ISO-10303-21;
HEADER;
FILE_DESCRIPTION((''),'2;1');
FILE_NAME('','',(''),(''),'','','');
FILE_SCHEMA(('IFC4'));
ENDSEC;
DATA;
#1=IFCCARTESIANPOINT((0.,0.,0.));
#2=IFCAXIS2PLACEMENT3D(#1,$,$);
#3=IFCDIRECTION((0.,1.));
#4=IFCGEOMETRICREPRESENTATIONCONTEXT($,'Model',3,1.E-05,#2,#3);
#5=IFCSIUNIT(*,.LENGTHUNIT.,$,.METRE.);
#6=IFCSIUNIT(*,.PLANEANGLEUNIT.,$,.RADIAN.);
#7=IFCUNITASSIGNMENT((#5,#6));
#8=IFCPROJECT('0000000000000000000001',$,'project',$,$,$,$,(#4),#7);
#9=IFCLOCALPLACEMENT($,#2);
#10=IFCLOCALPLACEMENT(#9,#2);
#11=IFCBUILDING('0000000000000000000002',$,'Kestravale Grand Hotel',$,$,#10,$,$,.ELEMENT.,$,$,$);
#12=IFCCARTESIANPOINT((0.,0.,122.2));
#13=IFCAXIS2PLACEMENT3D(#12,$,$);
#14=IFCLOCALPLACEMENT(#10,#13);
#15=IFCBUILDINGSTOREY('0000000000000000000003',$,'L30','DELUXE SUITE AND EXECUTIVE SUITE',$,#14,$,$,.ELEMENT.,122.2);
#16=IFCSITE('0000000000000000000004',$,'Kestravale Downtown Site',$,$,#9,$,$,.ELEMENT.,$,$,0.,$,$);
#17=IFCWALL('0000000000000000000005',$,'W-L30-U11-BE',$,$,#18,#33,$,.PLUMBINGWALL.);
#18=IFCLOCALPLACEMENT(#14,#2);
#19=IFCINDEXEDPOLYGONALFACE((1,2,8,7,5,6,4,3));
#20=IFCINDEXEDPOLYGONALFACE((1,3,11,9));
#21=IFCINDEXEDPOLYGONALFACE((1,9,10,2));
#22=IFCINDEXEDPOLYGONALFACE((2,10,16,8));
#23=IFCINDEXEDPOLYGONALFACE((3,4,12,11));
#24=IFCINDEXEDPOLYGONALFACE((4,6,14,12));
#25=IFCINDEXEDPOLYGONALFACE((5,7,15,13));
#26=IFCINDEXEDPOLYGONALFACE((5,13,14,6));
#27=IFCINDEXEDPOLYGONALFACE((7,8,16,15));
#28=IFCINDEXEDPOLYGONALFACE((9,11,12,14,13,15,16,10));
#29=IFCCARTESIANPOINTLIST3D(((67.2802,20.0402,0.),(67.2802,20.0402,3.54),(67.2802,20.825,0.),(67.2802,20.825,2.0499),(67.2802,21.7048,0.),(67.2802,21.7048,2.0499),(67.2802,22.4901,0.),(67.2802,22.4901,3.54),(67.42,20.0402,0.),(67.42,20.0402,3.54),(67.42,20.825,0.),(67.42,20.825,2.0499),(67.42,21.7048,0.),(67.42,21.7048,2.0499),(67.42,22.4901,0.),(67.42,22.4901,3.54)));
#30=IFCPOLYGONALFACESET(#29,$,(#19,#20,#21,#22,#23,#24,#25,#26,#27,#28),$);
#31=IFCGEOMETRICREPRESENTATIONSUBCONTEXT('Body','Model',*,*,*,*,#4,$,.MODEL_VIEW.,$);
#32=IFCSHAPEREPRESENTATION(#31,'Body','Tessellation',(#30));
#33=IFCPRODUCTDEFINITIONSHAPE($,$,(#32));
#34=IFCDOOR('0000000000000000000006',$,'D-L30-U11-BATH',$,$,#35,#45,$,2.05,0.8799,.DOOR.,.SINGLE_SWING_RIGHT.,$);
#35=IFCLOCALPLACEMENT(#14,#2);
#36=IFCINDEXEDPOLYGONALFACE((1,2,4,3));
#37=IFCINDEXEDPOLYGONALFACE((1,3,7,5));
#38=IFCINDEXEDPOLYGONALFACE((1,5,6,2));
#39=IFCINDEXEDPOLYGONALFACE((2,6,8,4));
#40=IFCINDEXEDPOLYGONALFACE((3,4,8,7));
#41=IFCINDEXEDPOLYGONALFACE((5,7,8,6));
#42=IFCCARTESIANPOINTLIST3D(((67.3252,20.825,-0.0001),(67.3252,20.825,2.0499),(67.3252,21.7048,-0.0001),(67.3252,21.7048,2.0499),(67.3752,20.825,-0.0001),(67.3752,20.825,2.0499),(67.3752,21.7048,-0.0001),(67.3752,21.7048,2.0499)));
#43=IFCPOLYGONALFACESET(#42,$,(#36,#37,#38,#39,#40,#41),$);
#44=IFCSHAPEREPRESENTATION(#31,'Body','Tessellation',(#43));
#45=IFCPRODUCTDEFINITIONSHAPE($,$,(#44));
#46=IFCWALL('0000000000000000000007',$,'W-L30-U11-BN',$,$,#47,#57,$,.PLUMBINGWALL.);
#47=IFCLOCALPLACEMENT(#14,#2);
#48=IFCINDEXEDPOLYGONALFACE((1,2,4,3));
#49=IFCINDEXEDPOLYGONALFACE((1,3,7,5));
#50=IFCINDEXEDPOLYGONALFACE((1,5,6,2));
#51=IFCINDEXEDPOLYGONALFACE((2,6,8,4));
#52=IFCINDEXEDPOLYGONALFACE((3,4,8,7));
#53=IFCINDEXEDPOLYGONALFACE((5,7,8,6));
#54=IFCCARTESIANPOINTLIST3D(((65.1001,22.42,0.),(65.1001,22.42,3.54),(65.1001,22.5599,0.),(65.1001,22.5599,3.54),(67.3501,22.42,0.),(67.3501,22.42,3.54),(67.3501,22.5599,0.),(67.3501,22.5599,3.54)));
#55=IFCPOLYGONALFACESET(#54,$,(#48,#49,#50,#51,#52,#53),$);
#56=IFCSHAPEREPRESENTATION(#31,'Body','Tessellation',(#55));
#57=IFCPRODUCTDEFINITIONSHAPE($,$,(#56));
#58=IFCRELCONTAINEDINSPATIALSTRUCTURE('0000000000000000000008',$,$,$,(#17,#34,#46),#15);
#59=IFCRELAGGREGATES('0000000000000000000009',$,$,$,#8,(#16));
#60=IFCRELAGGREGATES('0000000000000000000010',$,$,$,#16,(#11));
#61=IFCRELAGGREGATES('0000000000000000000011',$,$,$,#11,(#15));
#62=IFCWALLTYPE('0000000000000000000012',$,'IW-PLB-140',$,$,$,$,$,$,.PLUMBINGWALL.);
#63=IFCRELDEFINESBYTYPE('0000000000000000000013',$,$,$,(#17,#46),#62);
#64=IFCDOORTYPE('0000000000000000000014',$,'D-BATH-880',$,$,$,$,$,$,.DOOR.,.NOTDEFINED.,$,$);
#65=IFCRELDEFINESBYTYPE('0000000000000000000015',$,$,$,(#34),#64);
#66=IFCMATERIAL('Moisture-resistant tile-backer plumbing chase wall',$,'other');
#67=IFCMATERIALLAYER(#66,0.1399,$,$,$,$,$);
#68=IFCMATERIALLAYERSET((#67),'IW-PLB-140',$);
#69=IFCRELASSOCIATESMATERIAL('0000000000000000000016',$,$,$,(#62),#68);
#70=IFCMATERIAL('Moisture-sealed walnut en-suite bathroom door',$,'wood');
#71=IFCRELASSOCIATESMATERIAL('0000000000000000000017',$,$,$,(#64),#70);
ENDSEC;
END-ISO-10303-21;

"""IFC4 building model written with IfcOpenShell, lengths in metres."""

from ifc_helpers import new_model, si_unit, direction, frame, frame_2d, origin, place, context, subcontext, project, spatial, rectangle, extrude, material, layer, layer_set, type_object, element, fill, save


model = new_model("IFC4")

# Units and contexts
model_context = context("Model", 3, precision=1e-05, world=origin(), true_north=direction((0.0, 1.0)))
body_context = subcontext(model_context, "Body", "Model", "MODEL_VIEW")
ifc_project = project(units=[si_unit("LENGTHUNIT", "METRE"), si_unit("PLANEANGLEUNIT", "RADIAN")], contexts=[model_context])

# Site, building, storey
site_placement = place(None, origin())
site = spatial("IfcSite", under=ifc_project, at=site_placement, Name="Kestravale Downtown Site", CompositionType="ELEMENT", RefElevation=0.0)
building_placement = place(site_placement, origin())
building = spatial("IfcBuilding", under=site, at=building_placement, Name="Kestravale Grand Hotel", CompositionType="ELEMENT")
storey_placement = place(building_placement, frame((0.0, 0.0, 122.2)))
storey = spatial("IfcBuildingStorey", under=building, at=storey_placement, Name="L30", Description="DELUXE SUITE AND EXECUTIVE SUITE", CompositionType="ELEMENT", Elevation=122.2)

# Shared definitions
ifc_material_1 = material(Name="Moisture-resistant tile-backer plumbing chase wall", Category="other")
ifc_layer_1 = layer(ifc_material_1, 0.1399)
ifc_layer_set_1 = layer_set([ifc_layer_1], Name="IW-PLB-140")
wall_type_1 = type_object("IfcWallType", Name="IW-PLB-140", PredefinedType="PLUMBINGWALL", material=ifc_layer_set_1)

# Shared definitions
ifc_material_2 = material(Name="Moisture-sealed walnut en-suite bathroom door", Category="wood")
door_type = type_object("IfcDoorType", Name="D-BATH-880", OperationType="NOTDEFINED", PredefinedType="DOOR", material=ifc_material_2)

# Wall, opening, door
wall_1_placement = place(storey_placement, frame((67.3501, 20.04, 0.0), z_axis=(0.0, 0.0, 1.0), x_axis=(0.0, 1.0, 0.0)))
wall_1 = element("IfcWall", 1, at=wall_1_placement, inside=storey, type_object=wall_type_1, Name="W-L30-U11-BE", PredefinedType="PLUMBINGWALL", context=body_context, shape_type="SweptSolid", body=[
    extrude(rectangle(XDim=2.45, YDim=0.1399, at=frame_2d((1.2251, 0.0))), origin(), (0.0, 0.0, 1.0), 3.54),
])
opening_1_placement = place(wall_1_placement, frame((0.7849, 0.0, 0.0)))
opening_1 = element("IfcOpeningElement", 2, at=opening_1_placement, cuts=wall_1, PredefinedType="OPENING", context=body_context, shape_type="SweptSolid", body=[
    extrude(rectangle(XDim=0.8799, YDim=2.05, at=frame_2d((0.4399, 1.0249))), frame((0.0, 0.0798, 0.0), z_axis=(0.0, -1.0, 0.0), x_axis=(1.0, 0.0, 0.0)), (0.0, 0.0, 1.0), 0.1599),
])
door_1_placement = place(opening_1_placement, origin())
door_1 = element("IfcDoor", 3, at=door_1_placement, inside=storey, type_object=door_type, Name="D-L30-U11-BATH", OperationType="SINGLE_SWING_RIGHT", OverallHeight=2.05, OverallWidth=0.8799, PredefinedType="DOOR", context=body_context, shape_type="SweptSolid", body=[
    extrude(rectangle(XDim=0.8799, YDim=2.05, at=frame_2d((0.4399, 1.0249))), frame((0.0, 0.0249, 0.0), z_axis=(0.0, -1.0, 0.0), x_axis=(1.0, 0.0, 0.0)), (0.0, 0.0, 1.0), 0.05),
])
fill(opening_1, door_1)

# Wall
wall_2_placement = place(storey_placement, frame((65.1001, 22.49, 0.0), z_axis=(0.0, 0.0, 1.0), x_axis=(1.0, 0.0, 0.0)))
element("IfcWall", 4, at=wall_2_placement, inside=storey, type_object=wall_type_1, Name="W-L30-U11-BN", PredefinedType="PLUMBINGWALL", context=body_context, shape_type="SweptSolid", body=[
    extrude(rectangle(XDim=2.25, YDim=0.1399, at=frame_2d((1.125, 0.0))), origin(), (0.0, 0.0, 1.0), 3.54),
])

save(model, "model.ifc")
